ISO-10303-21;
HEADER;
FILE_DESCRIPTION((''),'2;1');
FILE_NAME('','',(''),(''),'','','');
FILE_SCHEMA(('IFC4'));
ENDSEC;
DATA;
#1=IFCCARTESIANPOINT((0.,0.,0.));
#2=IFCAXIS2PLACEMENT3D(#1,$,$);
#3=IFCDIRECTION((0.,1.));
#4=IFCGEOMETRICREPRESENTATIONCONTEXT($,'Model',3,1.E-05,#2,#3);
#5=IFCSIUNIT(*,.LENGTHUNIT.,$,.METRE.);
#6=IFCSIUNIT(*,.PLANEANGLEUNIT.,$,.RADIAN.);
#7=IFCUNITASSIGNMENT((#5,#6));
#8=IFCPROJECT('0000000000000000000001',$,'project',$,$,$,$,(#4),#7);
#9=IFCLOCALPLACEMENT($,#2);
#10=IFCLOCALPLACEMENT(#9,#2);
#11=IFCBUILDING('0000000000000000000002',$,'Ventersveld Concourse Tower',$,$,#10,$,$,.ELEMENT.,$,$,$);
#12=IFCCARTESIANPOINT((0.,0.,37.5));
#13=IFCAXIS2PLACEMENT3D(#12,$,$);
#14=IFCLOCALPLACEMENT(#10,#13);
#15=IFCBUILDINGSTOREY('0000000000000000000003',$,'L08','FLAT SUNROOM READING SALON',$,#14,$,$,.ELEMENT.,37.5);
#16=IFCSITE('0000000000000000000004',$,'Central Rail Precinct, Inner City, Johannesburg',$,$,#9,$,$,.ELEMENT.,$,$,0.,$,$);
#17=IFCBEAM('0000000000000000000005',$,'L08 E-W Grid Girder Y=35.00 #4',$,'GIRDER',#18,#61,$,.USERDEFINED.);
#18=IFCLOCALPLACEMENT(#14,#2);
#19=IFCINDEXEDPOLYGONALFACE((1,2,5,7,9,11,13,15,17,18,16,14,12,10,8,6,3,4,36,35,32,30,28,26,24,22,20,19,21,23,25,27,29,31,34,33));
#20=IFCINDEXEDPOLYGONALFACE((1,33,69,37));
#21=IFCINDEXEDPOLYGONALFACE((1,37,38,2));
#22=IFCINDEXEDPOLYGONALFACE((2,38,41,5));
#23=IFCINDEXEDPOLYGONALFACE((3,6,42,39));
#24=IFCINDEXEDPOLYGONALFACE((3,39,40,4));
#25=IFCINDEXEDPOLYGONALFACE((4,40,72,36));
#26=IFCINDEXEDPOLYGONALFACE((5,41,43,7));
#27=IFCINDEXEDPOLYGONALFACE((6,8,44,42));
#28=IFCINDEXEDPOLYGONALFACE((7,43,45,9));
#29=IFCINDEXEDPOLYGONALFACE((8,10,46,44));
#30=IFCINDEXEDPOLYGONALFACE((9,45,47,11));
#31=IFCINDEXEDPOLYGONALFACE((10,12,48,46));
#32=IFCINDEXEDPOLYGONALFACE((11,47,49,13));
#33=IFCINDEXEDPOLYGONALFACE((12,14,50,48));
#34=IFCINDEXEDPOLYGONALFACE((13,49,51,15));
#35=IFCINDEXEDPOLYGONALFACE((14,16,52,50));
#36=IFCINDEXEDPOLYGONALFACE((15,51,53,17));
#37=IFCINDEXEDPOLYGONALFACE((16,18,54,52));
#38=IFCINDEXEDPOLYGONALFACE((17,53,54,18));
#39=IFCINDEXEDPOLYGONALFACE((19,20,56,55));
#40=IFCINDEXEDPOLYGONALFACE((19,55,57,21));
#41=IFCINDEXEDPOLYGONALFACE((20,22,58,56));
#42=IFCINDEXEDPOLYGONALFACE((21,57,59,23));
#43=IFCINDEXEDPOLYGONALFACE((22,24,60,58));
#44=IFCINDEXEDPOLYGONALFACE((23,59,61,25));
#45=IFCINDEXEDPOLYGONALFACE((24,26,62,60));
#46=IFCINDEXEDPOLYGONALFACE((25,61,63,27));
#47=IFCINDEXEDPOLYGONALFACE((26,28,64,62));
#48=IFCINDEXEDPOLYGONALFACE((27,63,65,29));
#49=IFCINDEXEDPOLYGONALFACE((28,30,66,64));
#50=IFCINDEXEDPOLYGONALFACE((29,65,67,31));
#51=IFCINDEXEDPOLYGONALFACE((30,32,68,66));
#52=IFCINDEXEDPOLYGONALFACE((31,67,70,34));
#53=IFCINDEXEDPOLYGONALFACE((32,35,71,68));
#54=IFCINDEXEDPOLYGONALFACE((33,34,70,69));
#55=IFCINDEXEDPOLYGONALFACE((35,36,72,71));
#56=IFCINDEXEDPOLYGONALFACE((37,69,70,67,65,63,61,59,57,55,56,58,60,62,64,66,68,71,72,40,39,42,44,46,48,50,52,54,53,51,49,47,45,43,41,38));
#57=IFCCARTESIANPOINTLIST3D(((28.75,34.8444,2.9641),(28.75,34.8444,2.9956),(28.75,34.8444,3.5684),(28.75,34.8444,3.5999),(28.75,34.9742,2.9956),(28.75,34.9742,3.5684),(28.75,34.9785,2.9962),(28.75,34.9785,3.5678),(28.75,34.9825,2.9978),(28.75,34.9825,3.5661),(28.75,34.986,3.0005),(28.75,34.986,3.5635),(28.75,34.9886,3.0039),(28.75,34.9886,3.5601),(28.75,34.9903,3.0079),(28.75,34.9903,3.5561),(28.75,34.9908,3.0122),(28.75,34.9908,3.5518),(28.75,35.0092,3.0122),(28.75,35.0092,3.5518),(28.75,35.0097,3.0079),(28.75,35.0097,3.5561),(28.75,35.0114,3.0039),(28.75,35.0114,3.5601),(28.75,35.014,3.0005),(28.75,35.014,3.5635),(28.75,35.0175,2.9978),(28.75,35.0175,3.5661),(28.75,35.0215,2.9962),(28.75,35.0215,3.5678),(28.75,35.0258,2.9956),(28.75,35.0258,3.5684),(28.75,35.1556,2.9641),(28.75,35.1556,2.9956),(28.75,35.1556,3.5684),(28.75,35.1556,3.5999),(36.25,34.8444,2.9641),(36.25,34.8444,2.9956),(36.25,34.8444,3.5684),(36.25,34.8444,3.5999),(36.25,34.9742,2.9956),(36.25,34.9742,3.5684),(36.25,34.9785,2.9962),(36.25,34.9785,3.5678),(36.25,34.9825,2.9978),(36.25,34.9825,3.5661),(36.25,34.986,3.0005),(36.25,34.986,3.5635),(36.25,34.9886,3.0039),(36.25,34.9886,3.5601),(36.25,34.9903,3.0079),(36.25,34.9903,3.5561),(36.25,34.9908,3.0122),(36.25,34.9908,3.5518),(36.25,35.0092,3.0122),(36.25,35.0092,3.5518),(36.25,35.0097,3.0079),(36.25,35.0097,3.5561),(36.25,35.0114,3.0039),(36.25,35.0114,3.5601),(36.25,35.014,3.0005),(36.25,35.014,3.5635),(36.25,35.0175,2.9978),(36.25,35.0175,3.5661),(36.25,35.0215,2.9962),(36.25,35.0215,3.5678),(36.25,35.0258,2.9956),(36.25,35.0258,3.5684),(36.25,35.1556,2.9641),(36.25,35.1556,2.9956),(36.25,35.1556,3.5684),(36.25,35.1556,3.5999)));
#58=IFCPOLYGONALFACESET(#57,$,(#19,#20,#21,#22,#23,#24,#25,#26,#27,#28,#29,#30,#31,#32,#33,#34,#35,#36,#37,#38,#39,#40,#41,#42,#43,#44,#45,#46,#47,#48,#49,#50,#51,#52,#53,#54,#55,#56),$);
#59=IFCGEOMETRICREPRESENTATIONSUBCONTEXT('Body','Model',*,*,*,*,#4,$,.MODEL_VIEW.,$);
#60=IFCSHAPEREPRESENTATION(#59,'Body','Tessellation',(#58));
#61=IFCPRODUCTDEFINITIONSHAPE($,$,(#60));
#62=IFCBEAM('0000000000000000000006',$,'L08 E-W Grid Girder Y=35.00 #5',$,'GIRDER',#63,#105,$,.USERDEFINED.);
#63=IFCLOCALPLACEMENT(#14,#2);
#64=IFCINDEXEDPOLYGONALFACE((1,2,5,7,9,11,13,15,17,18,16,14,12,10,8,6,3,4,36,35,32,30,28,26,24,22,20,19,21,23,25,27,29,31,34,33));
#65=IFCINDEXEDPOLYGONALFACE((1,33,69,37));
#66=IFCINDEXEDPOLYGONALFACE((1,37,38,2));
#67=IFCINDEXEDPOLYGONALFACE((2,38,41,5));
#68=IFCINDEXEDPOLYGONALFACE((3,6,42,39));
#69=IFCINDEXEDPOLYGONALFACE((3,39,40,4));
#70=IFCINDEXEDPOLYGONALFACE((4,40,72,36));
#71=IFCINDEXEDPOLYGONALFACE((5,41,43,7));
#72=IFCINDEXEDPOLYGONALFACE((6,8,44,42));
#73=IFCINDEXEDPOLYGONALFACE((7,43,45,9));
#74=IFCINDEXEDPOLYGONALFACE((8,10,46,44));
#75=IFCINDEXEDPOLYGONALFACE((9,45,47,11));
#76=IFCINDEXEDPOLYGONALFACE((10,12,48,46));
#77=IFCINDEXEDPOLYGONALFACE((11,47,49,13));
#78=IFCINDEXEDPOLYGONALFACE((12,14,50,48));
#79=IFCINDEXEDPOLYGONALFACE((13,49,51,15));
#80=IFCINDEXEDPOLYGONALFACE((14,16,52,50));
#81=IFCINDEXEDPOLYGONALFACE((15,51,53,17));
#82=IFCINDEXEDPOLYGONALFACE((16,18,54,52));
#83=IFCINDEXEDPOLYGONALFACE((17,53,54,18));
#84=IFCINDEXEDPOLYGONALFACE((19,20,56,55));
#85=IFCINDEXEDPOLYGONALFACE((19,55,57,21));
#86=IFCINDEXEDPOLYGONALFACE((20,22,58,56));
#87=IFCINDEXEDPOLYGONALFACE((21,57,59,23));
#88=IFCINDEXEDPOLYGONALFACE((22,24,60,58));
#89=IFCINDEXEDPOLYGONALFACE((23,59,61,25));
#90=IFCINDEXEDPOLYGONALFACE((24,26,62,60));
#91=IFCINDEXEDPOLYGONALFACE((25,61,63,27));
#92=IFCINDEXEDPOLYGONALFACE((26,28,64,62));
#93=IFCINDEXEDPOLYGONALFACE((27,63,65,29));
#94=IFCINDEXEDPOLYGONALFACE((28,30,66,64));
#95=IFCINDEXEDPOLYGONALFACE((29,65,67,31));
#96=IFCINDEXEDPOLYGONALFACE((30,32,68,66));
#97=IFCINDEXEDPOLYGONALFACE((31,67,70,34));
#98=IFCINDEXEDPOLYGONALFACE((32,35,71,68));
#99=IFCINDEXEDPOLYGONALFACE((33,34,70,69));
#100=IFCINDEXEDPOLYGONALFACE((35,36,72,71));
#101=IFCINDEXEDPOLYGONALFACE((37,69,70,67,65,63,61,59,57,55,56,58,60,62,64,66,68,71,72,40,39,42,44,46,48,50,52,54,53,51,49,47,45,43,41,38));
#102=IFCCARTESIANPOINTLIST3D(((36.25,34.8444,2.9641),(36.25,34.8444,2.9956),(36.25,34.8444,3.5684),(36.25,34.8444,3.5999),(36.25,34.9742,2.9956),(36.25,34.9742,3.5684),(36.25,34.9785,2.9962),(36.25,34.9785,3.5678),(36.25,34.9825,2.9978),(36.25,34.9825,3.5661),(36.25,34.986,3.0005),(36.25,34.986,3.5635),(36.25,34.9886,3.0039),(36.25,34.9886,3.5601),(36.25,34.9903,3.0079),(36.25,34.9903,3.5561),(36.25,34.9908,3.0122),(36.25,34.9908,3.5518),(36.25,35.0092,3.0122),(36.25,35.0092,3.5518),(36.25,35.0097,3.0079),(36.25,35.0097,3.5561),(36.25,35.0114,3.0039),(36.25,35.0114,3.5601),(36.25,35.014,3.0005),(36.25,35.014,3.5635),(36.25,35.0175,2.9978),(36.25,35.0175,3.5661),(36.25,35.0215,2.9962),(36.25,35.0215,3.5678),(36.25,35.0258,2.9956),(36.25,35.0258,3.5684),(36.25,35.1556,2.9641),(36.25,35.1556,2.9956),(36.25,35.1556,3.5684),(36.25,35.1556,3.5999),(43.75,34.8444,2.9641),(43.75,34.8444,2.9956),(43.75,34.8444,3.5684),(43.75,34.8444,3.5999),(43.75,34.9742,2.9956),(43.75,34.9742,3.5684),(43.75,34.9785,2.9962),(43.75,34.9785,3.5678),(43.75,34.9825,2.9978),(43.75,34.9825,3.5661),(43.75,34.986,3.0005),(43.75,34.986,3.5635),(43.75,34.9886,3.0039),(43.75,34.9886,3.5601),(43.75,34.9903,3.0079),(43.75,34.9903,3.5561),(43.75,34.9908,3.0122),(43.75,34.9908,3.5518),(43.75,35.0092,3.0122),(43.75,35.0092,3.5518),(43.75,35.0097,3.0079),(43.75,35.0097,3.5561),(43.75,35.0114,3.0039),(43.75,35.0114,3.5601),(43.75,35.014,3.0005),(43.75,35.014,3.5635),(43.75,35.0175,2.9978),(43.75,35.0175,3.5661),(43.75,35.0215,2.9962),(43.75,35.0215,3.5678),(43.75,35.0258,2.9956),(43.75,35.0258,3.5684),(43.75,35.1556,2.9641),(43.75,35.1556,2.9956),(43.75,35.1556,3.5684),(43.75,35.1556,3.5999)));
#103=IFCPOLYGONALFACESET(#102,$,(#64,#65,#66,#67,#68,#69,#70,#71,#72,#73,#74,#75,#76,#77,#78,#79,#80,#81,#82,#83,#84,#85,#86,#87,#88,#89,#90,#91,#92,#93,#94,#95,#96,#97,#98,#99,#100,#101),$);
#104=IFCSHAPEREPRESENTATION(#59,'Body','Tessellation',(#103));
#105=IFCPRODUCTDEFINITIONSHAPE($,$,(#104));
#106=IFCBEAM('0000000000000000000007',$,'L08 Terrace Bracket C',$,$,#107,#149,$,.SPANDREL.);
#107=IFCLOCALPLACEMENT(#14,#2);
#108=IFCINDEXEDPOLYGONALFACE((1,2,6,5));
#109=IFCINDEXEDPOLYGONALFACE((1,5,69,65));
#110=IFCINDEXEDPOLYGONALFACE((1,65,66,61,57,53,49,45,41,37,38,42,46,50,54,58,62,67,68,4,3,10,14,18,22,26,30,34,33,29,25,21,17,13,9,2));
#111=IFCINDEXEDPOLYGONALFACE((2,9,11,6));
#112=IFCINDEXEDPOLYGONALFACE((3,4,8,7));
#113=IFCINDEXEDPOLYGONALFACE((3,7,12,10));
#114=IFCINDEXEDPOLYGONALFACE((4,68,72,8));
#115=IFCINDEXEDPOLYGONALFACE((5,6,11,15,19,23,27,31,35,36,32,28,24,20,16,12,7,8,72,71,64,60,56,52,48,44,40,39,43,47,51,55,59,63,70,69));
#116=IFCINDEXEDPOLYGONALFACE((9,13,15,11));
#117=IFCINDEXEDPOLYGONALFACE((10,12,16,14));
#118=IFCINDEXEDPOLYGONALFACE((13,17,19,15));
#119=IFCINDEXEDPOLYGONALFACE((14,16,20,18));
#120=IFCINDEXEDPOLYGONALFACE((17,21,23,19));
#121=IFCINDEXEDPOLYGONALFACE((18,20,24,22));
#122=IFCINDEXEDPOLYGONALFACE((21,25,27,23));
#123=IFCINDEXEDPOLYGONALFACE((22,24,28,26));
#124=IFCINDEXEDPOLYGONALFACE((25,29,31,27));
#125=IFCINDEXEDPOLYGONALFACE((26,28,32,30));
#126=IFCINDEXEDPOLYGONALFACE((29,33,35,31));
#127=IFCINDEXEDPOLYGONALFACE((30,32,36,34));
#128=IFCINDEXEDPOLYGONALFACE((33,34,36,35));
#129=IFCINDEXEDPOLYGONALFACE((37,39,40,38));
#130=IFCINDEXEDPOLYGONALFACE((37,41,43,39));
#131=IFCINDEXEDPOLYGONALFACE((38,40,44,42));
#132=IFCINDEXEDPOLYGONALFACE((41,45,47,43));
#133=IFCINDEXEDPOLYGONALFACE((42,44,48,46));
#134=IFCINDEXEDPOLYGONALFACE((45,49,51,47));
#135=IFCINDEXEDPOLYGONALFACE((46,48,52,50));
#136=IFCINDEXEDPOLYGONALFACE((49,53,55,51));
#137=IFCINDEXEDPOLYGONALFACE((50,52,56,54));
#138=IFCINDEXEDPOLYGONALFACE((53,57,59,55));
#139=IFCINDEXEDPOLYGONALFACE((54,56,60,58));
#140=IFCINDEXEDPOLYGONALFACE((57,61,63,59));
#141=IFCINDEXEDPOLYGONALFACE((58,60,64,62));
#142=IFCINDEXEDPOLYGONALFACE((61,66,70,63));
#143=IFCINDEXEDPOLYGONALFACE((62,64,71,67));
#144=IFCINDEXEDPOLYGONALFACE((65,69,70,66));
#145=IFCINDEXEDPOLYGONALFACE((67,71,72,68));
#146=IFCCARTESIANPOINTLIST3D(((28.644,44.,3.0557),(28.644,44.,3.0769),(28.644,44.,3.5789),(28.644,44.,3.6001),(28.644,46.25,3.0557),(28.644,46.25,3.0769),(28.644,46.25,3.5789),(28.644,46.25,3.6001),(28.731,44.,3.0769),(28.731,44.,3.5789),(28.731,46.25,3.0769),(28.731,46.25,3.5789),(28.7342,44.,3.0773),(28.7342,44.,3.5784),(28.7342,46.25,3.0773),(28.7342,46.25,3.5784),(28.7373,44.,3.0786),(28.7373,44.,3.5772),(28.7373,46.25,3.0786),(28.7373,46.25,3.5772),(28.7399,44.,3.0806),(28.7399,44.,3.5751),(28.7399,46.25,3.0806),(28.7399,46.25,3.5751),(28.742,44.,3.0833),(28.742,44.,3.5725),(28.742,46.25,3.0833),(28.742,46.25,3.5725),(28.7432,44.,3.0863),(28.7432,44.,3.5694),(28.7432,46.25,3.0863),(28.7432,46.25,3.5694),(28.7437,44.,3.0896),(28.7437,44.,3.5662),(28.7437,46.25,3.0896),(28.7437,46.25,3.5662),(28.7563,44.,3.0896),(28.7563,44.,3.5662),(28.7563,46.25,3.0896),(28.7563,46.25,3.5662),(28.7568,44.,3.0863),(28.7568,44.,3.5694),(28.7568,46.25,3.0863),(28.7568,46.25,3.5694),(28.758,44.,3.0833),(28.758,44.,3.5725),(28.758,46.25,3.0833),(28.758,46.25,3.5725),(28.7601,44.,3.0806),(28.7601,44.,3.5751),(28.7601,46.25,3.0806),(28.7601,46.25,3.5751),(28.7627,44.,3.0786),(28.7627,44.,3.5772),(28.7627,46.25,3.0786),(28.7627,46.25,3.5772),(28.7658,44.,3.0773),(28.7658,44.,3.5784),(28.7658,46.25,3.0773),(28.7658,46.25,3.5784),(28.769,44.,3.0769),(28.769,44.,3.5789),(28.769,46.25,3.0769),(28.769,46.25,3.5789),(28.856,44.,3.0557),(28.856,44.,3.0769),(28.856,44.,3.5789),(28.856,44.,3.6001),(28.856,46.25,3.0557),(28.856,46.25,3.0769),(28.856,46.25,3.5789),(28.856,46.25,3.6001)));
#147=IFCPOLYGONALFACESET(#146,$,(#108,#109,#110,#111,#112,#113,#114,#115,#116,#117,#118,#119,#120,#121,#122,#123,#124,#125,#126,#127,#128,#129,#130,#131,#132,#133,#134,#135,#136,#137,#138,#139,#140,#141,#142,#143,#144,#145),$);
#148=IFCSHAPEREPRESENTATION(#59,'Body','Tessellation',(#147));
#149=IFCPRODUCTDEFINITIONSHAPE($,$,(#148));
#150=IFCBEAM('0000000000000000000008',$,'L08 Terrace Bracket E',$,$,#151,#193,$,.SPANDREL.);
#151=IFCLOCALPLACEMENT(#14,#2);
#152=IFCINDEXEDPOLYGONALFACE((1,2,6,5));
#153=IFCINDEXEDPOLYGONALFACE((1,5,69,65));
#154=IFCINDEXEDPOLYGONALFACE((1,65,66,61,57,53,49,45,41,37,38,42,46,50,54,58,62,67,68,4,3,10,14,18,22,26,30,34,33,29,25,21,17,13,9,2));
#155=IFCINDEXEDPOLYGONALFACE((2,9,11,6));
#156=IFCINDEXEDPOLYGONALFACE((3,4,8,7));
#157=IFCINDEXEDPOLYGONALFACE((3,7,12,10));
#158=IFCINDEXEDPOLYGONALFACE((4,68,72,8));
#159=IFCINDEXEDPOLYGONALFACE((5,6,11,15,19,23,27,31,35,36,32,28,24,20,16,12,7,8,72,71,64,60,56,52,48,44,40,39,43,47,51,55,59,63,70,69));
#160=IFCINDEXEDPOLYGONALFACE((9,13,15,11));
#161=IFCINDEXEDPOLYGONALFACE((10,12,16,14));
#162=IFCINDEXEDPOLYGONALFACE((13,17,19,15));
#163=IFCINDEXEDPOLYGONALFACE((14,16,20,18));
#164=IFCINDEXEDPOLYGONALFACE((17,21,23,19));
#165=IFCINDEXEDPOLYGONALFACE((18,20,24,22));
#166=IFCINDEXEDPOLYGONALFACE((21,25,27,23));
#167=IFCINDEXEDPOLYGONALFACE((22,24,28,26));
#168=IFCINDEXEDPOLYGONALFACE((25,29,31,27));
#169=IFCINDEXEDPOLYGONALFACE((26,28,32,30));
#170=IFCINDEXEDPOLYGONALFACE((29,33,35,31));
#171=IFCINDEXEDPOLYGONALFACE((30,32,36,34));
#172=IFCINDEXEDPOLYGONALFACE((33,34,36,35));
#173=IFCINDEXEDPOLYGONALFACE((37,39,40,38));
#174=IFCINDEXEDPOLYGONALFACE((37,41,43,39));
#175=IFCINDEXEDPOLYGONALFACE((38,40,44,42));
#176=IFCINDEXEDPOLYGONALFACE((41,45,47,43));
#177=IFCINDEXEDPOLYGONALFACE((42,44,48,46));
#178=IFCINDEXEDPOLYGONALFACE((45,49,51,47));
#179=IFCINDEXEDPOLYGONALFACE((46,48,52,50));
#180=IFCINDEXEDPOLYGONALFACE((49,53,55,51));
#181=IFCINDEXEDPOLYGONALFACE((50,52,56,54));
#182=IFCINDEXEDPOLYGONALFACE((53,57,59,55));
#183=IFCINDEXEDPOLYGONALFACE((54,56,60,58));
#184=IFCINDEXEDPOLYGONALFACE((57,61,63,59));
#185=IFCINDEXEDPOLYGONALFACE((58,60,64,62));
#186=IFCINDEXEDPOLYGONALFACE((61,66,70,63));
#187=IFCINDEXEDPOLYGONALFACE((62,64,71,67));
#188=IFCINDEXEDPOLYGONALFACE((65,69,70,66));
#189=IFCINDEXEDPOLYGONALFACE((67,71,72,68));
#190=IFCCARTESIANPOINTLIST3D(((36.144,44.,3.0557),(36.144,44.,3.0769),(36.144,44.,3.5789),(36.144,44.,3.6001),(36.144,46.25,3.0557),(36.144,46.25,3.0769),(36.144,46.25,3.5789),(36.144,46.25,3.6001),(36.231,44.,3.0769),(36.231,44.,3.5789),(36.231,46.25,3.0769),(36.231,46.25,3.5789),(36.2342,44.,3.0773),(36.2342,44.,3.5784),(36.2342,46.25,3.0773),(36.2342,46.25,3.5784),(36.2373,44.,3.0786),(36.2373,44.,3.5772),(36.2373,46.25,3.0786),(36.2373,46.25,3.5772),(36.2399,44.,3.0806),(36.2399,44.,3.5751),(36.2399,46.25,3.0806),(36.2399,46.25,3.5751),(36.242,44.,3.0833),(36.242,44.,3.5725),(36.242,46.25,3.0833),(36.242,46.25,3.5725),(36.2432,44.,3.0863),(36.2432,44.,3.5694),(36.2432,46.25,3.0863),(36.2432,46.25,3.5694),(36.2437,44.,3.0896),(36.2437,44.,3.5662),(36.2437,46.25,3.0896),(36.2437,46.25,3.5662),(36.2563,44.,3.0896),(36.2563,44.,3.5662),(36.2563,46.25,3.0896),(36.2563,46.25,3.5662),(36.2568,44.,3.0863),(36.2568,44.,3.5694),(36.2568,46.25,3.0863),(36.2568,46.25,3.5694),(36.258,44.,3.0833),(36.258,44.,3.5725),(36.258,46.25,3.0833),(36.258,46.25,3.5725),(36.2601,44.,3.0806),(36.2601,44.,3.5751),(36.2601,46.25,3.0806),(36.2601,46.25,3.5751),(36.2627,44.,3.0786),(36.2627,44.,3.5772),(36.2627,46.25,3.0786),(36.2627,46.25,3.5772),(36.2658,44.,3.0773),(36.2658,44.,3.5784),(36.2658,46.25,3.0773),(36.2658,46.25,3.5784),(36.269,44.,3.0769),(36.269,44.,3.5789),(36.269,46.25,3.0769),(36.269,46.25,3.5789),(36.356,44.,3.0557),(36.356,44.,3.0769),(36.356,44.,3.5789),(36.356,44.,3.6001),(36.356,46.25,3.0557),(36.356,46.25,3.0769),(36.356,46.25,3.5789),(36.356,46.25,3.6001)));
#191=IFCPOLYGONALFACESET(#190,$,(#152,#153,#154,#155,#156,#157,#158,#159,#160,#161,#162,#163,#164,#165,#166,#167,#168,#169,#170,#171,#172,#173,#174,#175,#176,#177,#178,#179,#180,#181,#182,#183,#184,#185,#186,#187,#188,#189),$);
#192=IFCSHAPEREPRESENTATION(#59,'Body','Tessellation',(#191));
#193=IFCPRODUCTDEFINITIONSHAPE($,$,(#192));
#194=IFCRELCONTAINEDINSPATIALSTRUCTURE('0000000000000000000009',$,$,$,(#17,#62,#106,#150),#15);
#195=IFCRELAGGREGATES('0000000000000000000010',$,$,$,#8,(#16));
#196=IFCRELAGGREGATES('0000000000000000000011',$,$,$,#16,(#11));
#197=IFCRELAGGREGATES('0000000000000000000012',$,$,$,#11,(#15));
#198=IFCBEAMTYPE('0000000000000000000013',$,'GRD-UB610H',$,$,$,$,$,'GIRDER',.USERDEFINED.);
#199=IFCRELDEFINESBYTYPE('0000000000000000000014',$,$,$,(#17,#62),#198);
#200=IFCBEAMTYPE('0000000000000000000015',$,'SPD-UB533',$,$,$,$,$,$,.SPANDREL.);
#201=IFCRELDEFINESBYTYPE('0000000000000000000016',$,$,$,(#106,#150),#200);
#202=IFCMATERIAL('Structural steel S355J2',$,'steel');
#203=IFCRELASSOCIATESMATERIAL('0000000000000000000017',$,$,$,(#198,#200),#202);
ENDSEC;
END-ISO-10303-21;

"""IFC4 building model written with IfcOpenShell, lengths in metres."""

from ifc_helpers import new_model, si_unit, direction, frame, origin, origin_2d, place, context, subcontext, project, spatial, i_section, extrude, material, material_profile, profile_set, type_object, element, save


model = new_model("IFC4")

# Units and contexts
model_context = context("Model", 3, precision=1e-05, world=origin(), true_north=direction((0.0, 1.0)))
body_context = subcontext(model_context, "Body", "Model", "MODEL_VIEW")
ifc_project = project(units=[si_unit("LENGTHUNIT", "METRE"), si_unit("PLANEANGLEUNIT", "RADIAN")], contexts=[model_context])

# Site, building, storey
site_placement = place(None, origin())
site = spatial("IfcSite", under=ifc_project, at=site_placement, Name="Central Rail Precinct, Inner City, Johannesburg", CompositionType="ELEMENT", RefElevation=0.0)
building_placement = place(site_placement, origin())
building = spatial("IfcBuilding", under=site, at=building_placement, Name="Ventersveld Concourse Tower", CompositionType="ELEMENT")
storey_placement = place(building_placement, frame((0.0, 0.0, 37.5)))
storey = spatial("IfcBuildingStorey", under=building, at=storey_placement, Name="L08", Description="FLAT SUNROOM READING SALON", CompositionType="ELEMENT", Elevation=37.5)

# Beams
ifc_material_1 = material(Name="Structural steel S355J2", Category="steel")
ifc_material_profile_1 = material_profile(ifc_material_1, i_section(OverallWidth=0.3113, OverallDepth=0.6357, WebThickness=0.0183, FlangeThickness=0.0315, FilletRadius=0.0166, at=origin_2d()), Name="UB 610x305x238")
ifc_profile_set_1 = profile_set([ifc_material_profile_1], Name="Structural steel S355J2")
beam_type_1 = type_object("IfcBeamType", Name="GRD-UB610H", ElementType="GIRDER", PredefinedType="USERDEFINED", material=ifc_profile_set_1)
for number, where, z_axis, x_axis, name in (
    (1, (28.75, 35.0, 3.282), (1.0, 0.0, 0.0), (0.0, 1.0, 0.0), "L08 E-W Grid Girder Y=35.00 #4"),
    (2, (36.25, 35.0, 3.282), (1.0, 0.0, 0.0), (0.0, 1.0, 0.0), "L08 E-W Grid Girder Y=35.00 #5"),
):
    element("IfcBeam", number, at=place(storey_placement, frame(where, z_axis=z_axis, x_axis=x_axis)), inside=storey, type_object=beam_type_1, Name=name, ObjectType="GIRDER", PredefinedType="USERDEFINED", context=body_context, shape_type="SweptSolid", body=[
        extrude(i_section(OverallWidth=0.3113, OverallDepth=0.6357, WebThickness=0.0183, FlangeThickness=0.0315, FilletRadius=0.0166, at=origin_2d()), origin(), (0.0, 0.0, 1.0), 7.5),
    ])
ifc_material_profile_2 = material_profile(ifc_material_1, i_section(OverallWidth=0.2119, OverallDepth=0.5444, WebThickness=0.0127, FlangeThickness=0.0212, FilletRadius=0.0127, at=origin_2d()), Name="UB 533x210x122")
ifc_profile_set_2 = profile_set([ifc_material_profile_2], Name="Structural steel S355J2")
beam_type_2 = type_object("IfcBeamType", Name="SPD-UB533", PredefinedType="SPANDREL", material=ifc_profile_set_2)
for number, where, z_axis, x_axis, name in (
    (3, (28.75, 44.0, 3.3279), (0.0, 1.0, 0.0), (-1.0, 0.0, 0.0), "L08 Terrace Bracket C"),
    (4, (36.25, 44.0, 3.3279), (0.0, 1.0, 0.0), (-1.0, 0.0, 0.0), "L08 Terrace Bracket E"),
):
    element("IfcBeam", number, at=place(storey_placement, frame(where, z_axis=z_axis, x_axis=x_axis)), inside=storey, type_object=beam_type_2, Name=name, PredefinedType="SPANDREL", context=body_context, shape_type="SweptSolid", body=[
        extrude(i_section(OverallWidth=0.2119, OverallDepth=0.5444, WebThickness=0.0127, FlangeThickness=0.0212, FilletRadius=0.0127, at=origin_2d()), origin(), (0.0, 0.0, 1.0), 2.25),
    ])

save(model, "model.ifc")
